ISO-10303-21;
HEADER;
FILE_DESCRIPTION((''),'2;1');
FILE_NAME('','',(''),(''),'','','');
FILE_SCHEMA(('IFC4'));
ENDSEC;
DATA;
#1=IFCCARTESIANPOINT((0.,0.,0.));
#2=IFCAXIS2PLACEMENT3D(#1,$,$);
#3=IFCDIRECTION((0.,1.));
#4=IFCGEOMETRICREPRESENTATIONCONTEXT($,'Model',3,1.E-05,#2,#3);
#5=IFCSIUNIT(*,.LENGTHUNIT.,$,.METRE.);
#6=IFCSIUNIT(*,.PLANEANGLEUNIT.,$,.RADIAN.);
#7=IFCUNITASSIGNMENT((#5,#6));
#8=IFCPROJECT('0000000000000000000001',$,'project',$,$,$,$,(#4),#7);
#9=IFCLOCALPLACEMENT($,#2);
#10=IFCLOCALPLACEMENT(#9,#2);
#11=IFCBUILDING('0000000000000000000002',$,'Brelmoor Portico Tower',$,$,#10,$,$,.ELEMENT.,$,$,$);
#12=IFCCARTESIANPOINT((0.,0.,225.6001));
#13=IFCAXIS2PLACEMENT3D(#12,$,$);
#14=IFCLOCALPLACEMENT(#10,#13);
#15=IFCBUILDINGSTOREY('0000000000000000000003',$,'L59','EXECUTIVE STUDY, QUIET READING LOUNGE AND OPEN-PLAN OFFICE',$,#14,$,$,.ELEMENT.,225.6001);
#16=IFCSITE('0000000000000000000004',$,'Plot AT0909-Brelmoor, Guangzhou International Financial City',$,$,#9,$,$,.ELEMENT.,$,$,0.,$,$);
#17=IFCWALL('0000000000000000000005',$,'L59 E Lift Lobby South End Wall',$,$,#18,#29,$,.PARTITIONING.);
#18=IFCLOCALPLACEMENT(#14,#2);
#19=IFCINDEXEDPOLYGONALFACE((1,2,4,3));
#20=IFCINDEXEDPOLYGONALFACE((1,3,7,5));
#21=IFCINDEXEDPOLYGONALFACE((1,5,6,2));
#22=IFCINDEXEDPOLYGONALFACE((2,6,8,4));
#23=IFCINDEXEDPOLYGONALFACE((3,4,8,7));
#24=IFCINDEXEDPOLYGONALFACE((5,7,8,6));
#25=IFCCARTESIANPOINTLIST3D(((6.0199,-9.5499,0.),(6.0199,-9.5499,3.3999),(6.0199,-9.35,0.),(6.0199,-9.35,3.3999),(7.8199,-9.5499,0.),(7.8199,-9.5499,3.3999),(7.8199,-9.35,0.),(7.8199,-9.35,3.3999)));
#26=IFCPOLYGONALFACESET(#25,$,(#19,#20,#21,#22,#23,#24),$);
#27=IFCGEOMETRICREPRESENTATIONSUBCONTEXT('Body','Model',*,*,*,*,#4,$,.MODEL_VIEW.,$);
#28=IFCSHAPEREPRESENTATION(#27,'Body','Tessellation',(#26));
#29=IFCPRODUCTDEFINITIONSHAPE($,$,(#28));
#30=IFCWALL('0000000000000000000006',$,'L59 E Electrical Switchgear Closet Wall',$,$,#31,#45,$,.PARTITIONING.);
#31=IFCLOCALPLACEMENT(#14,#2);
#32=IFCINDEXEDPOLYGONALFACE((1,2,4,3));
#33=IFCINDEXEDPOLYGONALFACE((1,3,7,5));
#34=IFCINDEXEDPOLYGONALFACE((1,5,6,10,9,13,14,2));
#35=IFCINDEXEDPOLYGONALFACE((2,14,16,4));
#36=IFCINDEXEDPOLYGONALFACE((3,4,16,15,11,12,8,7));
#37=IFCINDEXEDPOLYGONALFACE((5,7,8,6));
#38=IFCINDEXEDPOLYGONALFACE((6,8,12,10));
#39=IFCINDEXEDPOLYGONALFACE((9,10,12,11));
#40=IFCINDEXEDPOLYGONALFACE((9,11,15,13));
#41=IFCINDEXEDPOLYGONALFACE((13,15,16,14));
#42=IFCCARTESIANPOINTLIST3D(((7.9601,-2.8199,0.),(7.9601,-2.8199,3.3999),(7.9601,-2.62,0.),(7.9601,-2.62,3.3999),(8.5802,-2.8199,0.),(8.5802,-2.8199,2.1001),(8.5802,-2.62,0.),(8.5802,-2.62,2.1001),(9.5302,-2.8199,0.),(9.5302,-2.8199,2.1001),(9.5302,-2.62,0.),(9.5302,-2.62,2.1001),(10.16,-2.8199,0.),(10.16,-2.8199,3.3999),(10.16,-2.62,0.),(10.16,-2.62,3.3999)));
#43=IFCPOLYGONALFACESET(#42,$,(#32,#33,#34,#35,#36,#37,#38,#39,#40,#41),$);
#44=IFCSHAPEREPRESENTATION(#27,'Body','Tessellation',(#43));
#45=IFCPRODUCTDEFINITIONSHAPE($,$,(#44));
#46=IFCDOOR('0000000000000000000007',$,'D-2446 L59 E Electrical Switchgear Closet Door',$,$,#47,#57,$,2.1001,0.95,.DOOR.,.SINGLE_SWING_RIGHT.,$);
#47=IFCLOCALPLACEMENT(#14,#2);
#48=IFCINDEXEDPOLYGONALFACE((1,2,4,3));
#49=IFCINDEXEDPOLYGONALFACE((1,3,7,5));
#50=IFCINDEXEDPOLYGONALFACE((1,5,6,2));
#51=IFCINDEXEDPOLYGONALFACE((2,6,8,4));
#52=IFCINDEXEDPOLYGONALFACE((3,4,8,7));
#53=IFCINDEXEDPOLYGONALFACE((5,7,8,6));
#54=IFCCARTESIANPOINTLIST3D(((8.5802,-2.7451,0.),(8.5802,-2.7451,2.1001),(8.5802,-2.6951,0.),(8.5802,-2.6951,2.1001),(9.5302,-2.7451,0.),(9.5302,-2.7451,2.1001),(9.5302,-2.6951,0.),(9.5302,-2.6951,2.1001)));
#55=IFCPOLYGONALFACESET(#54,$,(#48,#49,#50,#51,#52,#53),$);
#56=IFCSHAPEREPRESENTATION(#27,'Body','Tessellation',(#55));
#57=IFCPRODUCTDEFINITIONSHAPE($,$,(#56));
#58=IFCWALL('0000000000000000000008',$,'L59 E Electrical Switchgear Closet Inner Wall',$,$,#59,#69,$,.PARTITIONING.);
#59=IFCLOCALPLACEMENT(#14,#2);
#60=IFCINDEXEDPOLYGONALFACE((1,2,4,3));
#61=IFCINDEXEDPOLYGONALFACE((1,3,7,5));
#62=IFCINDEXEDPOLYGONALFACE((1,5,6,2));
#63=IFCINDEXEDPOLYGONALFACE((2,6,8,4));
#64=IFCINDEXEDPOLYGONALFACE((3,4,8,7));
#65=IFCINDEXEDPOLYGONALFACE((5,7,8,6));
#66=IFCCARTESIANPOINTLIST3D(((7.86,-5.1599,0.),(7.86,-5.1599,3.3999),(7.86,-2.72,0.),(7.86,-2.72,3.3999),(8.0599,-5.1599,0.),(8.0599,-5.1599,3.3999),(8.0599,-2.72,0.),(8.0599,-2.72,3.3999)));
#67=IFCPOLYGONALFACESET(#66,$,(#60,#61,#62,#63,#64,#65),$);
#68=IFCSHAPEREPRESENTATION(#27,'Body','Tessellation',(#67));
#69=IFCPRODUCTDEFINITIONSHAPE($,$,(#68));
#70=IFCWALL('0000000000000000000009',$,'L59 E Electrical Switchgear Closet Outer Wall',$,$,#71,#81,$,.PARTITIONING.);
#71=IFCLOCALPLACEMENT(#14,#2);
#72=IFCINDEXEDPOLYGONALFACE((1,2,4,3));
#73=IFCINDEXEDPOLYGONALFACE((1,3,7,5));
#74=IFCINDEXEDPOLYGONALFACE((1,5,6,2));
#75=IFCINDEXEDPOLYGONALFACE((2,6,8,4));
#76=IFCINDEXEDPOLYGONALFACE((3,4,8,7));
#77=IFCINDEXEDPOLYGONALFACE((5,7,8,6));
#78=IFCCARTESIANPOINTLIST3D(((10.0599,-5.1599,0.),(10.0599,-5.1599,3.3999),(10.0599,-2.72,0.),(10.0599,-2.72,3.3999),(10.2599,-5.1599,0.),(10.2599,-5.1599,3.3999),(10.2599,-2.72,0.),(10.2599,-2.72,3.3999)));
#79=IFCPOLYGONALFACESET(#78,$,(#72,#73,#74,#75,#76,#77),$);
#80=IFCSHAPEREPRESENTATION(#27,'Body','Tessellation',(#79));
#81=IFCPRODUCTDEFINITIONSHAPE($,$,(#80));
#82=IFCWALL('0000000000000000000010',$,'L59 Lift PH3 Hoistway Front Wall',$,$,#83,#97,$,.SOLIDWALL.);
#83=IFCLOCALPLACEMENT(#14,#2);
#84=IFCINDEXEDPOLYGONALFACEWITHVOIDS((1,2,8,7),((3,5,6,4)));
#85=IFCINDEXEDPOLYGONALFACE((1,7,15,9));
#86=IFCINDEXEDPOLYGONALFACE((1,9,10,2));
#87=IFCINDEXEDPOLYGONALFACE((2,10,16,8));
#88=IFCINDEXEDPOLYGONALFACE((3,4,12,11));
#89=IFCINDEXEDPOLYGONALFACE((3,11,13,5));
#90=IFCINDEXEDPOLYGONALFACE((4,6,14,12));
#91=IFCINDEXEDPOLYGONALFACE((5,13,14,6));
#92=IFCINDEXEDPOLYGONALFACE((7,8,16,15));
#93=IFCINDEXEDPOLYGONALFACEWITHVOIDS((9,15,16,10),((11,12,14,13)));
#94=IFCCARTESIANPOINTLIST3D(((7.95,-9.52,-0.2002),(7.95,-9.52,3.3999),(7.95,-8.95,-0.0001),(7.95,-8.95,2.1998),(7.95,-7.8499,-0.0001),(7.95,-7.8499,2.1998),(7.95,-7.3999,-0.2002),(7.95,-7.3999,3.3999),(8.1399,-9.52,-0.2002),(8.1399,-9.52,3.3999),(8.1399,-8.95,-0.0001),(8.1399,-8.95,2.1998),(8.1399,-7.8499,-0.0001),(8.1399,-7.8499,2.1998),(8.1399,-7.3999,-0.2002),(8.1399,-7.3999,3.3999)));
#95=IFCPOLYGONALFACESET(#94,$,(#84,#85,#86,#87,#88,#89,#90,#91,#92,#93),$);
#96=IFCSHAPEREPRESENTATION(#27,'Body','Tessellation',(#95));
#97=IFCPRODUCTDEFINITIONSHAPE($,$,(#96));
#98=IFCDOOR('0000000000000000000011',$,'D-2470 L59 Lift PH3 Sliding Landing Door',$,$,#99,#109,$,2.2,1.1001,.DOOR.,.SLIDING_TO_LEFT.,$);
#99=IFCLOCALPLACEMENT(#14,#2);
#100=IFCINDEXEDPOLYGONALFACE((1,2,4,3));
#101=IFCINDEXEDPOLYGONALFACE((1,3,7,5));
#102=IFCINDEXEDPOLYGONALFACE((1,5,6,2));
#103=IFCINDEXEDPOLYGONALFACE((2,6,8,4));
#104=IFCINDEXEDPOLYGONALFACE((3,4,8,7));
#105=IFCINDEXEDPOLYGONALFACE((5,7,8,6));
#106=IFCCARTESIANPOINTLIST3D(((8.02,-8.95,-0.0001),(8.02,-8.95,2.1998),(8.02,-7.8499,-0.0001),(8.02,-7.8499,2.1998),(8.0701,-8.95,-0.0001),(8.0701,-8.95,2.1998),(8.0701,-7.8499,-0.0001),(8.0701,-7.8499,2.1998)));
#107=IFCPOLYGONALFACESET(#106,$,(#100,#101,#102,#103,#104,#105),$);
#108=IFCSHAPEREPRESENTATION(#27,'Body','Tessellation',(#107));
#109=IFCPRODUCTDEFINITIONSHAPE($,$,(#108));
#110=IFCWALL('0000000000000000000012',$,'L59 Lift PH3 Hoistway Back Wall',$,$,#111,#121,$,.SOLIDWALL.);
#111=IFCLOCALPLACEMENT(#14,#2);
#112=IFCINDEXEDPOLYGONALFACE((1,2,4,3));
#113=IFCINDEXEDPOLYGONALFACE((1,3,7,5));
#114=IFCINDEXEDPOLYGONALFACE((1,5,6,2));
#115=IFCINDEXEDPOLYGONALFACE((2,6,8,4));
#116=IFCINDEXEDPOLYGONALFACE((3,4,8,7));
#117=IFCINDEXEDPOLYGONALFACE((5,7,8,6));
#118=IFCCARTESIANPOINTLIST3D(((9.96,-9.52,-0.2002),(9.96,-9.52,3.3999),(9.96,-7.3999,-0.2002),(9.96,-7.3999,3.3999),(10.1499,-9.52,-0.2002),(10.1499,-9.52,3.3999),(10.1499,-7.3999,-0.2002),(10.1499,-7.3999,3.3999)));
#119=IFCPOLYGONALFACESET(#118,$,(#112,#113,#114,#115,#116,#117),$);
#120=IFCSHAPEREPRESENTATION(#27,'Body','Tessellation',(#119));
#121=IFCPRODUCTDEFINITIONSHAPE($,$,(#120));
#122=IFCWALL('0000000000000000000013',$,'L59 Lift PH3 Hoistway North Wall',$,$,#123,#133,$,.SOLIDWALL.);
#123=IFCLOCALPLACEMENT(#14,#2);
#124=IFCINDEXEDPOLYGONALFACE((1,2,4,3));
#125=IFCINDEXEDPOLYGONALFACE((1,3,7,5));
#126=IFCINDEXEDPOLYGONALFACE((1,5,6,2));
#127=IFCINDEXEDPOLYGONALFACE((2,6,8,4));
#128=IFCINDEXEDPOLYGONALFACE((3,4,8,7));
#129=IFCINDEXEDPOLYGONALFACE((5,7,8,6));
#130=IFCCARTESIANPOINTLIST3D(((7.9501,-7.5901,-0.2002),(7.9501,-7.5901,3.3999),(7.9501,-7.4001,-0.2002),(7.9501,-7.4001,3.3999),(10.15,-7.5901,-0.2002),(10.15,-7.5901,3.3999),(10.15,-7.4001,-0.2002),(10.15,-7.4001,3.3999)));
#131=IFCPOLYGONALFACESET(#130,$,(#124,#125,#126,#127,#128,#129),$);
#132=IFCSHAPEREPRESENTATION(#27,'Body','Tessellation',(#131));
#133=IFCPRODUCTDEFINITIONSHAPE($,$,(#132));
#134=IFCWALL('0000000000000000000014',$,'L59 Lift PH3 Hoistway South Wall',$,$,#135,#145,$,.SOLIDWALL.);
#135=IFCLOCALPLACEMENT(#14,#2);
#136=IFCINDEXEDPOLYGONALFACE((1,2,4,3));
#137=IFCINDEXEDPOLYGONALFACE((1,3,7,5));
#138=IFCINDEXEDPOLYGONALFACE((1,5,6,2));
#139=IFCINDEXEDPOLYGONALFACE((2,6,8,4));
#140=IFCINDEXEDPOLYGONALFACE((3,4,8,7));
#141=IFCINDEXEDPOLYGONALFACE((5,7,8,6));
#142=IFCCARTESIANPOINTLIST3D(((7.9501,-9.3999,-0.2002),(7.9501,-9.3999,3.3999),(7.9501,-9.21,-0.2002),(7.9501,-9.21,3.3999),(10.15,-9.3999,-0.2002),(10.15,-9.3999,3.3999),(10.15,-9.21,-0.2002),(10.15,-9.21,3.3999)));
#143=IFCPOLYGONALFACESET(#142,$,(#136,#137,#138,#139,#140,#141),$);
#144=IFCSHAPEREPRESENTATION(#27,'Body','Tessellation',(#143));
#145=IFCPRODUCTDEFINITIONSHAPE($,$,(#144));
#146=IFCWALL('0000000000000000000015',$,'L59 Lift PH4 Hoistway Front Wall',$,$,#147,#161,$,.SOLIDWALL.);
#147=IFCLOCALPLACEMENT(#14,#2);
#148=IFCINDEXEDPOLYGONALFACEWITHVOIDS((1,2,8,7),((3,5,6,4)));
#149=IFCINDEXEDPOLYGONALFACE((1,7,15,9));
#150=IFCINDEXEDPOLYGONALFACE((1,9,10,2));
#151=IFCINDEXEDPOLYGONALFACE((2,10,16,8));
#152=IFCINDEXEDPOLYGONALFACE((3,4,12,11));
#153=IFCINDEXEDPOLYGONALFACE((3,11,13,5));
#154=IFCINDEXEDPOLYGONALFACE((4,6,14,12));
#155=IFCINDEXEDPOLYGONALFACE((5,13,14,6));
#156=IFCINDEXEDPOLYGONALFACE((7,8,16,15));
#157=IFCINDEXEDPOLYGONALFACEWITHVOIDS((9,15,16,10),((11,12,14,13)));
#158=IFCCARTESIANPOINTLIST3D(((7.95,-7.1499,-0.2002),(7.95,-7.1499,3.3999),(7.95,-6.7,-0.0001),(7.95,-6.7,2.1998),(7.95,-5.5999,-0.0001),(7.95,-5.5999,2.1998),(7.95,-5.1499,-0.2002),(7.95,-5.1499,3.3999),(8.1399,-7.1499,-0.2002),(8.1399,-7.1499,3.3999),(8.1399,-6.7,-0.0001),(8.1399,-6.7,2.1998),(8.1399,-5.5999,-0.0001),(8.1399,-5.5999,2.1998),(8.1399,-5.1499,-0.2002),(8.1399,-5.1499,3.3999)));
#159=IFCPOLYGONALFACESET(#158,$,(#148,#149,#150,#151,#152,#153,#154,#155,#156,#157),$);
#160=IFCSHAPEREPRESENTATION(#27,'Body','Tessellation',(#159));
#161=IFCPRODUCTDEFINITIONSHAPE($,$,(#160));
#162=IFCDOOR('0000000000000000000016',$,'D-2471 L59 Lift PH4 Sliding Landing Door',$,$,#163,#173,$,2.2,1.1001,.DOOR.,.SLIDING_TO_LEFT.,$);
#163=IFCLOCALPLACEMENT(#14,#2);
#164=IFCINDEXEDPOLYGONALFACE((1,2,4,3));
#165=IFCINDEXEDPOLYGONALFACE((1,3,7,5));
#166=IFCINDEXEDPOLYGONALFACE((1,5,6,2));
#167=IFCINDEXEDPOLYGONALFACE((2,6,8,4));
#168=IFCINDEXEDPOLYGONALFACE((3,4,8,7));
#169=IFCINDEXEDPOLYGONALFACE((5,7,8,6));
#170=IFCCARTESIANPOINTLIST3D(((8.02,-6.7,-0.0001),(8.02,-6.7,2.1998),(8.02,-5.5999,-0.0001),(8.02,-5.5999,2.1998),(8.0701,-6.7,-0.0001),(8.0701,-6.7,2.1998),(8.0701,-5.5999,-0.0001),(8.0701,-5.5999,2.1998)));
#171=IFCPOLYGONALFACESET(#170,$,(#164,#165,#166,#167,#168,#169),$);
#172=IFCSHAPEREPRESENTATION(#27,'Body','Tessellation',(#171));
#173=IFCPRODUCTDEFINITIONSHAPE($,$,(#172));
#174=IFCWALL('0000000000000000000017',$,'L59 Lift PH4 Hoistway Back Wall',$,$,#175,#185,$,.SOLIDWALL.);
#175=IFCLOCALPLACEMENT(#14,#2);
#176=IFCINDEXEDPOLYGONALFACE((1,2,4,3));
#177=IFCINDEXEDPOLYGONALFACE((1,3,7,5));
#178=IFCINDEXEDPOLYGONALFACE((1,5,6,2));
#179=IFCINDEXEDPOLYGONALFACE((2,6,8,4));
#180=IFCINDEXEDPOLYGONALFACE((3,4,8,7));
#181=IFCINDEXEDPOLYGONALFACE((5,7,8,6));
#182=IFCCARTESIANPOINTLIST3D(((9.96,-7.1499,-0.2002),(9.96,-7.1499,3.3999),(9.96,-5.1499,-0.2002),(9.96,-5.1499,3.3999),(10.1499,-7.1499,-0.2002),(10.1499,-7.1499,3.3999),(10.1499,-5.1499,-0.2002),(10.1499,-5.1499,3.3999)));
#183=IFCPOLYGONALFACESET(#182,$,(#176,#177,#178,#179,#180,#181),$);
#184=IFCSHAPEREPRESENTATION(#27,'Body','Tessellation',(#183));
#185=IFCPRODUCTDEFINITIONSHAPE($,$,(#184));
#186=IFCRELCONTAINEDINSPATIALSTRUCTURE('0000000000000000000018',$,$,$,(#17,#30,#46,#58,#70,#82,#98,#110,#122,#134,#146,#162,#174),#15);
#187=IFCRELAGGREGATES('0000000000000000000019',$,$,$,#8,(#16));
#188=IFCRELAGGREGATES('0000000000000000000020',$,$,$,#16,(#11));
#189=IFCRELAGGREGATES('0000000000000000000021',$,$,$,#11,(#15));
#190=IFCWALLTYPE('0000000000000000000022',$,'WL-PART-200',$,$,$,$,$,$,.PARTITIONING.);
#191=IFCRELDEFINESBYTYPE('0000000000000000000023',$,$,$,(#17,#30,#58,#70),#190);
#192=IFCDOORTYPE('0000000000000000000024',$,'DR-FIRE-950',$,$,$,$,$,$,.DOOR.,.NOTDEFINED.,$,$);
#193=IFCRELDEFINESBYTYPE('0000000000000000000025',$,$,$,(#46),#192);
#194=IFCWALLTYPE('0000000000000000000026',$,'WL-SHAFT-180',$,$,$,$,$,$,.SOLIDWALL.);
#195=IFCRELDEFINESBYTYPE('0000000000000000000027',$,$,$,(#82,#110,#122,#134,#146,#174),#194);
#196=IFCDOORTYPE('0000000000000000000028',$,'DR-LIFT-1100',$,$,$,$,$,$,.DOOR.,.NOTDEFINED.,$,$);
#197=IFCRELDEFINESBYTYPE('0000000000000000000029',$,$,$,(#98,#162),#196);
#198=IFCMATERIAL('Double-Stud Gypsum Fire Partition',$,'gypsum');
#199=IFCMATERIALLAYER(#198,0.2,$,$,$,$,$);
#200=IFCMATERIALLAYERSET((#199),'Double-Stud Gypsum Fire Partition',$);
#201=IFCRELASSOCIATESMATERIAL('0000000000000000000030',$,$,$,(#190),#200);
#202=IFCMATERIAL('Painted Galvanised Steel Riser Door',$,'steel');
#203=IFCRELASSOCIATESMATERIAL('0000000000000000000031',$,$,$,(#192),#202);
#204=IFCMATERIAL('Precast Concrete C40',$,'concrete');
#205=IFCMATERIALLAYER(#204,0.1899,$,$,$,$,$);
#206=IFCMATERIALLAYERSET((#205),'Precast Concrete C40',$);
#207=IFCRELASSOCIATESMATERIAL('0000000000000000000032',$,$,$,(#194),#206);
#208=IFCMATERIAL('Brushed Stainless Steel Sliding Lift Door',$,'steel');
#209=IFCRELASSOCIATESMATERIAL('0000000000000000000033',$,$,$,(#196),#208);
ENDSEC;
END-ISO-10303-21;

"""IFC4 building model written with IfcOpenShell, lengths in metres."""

from ifc_helpers import new_model, si_unit, direction, frame, frame_2d, origin, place, context, subcontext, project, spatial, rectangle, extrude, material, layer, layer_set, type_object, element, fill, save


model = new_model("IFC4")

# Units and contexts
model_context = context("Model", 3, precision=1e-05, world=origin(), true_north=direction((0.0, 1.0)))
body_context = subcontext(model_context, "Body", "Model", "MODEL_VIEW")
ifc_project = project(units=[si_unit("LENGTHUNIT", "METRE"), si_unit("PLANEANGLEUNIT", "RADIAN")], contexts=[model_context])

# Site, building, storey
site_placement = place(None, origin())
site = spatial("IfcSite", under=ifc_project, at=site_placement, Name="Plot AT0909-Brelmoor, Guangzhou International Financial City", CompositionType="ELEMENT", RefElevation=0.0)
building_placement = place(site_placement, origin())
building = spatial("IfcBuilding", under=site, at=building_placement, Name="Brelmoor Portico Tower", CompositionType="ELEMENT")
storey_placement = place(building_placement, frame((0.0, 0.0, 225.6001)))
storey = spatial("IfcBuildingStorey", under=building, at=storey_placement, Name="L59", Description="EXECUTIVE STUDY, QUIET READING LOUNGE AND OPEN-PLAN OFFICE", CompositionType="ELEMENT", Elevation=225.6001)

# Shared definitions
ifc_material_1 = material(Name="Double-Stud Gypsum Fire Partition", Category="gypsum")
ifc_layer_1 = layer(ifc_material_1, 0.2)
ifc_layer_set_1 = layer_set([ifc_layer_1], Name="Double-Stud Gypsum Fire Partition")
wall_type_1 = type_object("IfcWallType", Name="WL-PART-200", PredefinedType="PARTITIONING", material=ifc_layer_set_1)

# Wall
wall_1_placement = place(storey_placement, frame((6.02, -9.45, 0.0), z_axis=(0.0, 0.0, 1.0), x_axis=(1.0, 0.0, 0.0)))
element("IfcWall", 1, at=wall_1_placement, inside=storey, type_object=wall_type_1, Name="L59 E Lift Lobby South End Wall", PredefinedType="PARTITIONING", context=body_context, shape_type="SweptSolid", body=[
    extrude(rectangle(XDim=1.8, YDim=0.2, at=frame_2d((0.8999, 0.0))), origin(), (0.0, 0.0, 1.0), 3.3999),
])

# Wall, opening, door
wall_2_placement = place(storey_placement, frame((7.96, -2.72, 0.0), z_axis=(0.0, 0.0, 1.0), x_axis=(1.0, 0.0, 0.0)))
wall_2 = element("IfcWall", 2, at=wall_2_placement, inside=storey, type_object=wall_type_1, Name="L59 E Electrical Switchgear Closet Wall", PredefinedType="PARTITIONING", context=body_context, shape_type="SweptSolid", body=[
    extrude(rectangle(XDim=2.2, YDim=0.2, at=frame_2d((1.1001, 0.0))), origin(), (0.0, 0.0, 1.0), 3.3999),
])
opening_1_placement = place(wall_2_placement, frame((0.6201, 0.0, 0.0)))
opening_1 = element("IfcOpeningElement", 3, at=opening_1_placement, cuts=wall_2, PredefinedType="OPENING", context=body_context, shape_type="SweptSolid", body=[
    extrude(rectangle(XDim=0.95, YDim=2.1001, at=frame_2d((0.4751, 1.05))), frame((0.0, 0.1099, 0.0), z_axis=(0.0, -1.0, 0.0), x_axis=(1.0, 0.0, 0.0)), (0.0, 0.0, 1.0), 0.22),
])
ifc_material_2 = material(Name="Painted Galvanised Steel Riser Door", Category="steel")
door_type_1 = type_object("IfcDoorType", Name="DR-FIRE-950", OperationType="NOTDEFINED", PredefinedType="DOOR", material=ifc_material_2)
door_1_placement = place(opening_1_placement, origin())
door_1 = element("IfcDoor", 4, at=door_1_placement, inside=storey, type_object=door_type_1, Name="D-2446 L59 E Electrical Switchgear Closet Door", OperationType="SINGLE_SWING_RIGHT", OverallHeight=2.1001, OverallWidth=0.95, PredefinedType="DOOR", context=body_context, shape_type="SweptSolid", body=[
    extrude(rectangle(XDim=0.95, YDim=2.1001, at=frame_2d((0.4751, 1.05))), frame((0.0, 0.0249, 0.0), z_axis=(0.0, -1.0, 0.0), x_axis=(1.0, 0.0, 0.0)), (0.0, 0.0, 1.0), 0.05),
])
fill(opening_1, door_1)

# Walls
for number, where, z_axis, x_axis, name in (
    (5, (7.96, -5.1599, 0.0), (0.0, 0.0, 1.0), (0.0, 1.0, 0.0), "L59 E Electrical Switchgear Closet Inner Wall"),
    (6, (10.1599, -5.1599, 0.0), (0.0, 0.0, 1.0), (0.0, 1.0, 0.0), "L59 E Electrical Switchgear Closet Outer Wall"),
):
    element("IfcWall", number, at=place(storey_placement, frame(where, z_axis=z_axis, x_axis=x_axis)), inside=storey, type_object=wall_type_1, Name=name, PredefinedType="PARTITIONING", context=body_context, shape_type="SweptSolid", body=[
        extrude(rectangle(XDim=2.4399, YDim=0.2, at=frame_2d((1.22, 0.0))), origin(), (0.0, 0.0, 1.0), 3.3999),
    ])

# Wall, opening, door
ifc_material_3 = material(Name="Precast Concrete C40", Category="concrete")
ifc_layer_2 = layer(ifc_material_3, 0.1899)
ifc_layer_set_2 = layer_set([ifc_layer_2], Name="Precast Concrete C40")
wall_type_2 = type_object("IfcWallType", Name="WL-SHAFT-180", PredefinedType="SOLIDWALL", material=ifc_layer_set_2)
wall_3_placement = place(storey_placement, frame((8.0449, -9.52, -0.2002), z_axis=(0.0, 0.0, 1.0), x_axis=(0.0, 1.0, 0.0)))
wall_3 = element("IfcWall", 7, at=wall_3_placement, inside=storey, type_object=wall_type_2, Name="L59 Lift PH3 Hoistway Front Wall", PredefinedType="SOLIDWALL", context=body_context, shape_type="SweptSolid", body=[
    extrude(rectangle(XDim=2.1201, YDim=0.1899, at=frame_2d((1.0601, 0.0))), origin(), (0.0, 0.0, 1.0), 3.6001),
])
opening_2_placement = place(wall_3_placement, frame((0.5701, 0.0, 0.2)))
opening_2 = element("IfcOpeningElement", 8, at=opening_2_placement, cuts=wall_3, PredefinedType="OPENING", context=body_context, shape_type="SweptSolid", body=[
    extrude(rectangle(XDim=1.1001, YDim=2.2, at=frame_2d((0.55, 1.1001))), frame((0.0, 0.105, 0.0), z_axis=(0.0, -1.0, 0.0), x_axis=(1.0, 0.0, 0.0)), (0.0, 0.0, 1.0), 0.21),
])
ifc_material_4 = material(Name="Brushed Stainless Steel Sliding Lift Door", Category="steel")
door_type_2 = type_object("IfcDoorType", Name="DR-LIFT-1100", OperationType="NOTDEFINED", PredefinedType="DOOR", material=ifc_material_4)
door_2_placement = place(opening_2_placement, origin())
door_2 = element("IfcDoor", 9, at=door_2_placement, inside=storey, type_object=door_type_2, Name="D-2470 L59 Lift PH3 Sliding Landing Door", OperationType="SLIDING_TO_LEFT", OverallHeight=2.2, OverallWidth=1.1001, PredefinedType="DOOR", context=body_context, shape_type="SweptSolid", body=[
    extrude(rectangle(XDim=1.1001, YDim=2.2, at=frame_2d((0.55, 1.1001))), frame((0.0, 0.0249, 0.0), z_axis=(0.0, -1.0, 0.0), x_axis=(1.0, 0.0, 0.0)), (0.0, 0.0, 1.0), 0.05),
])
fill(opening_2, door_2)

# Walls
wall_4_placement = place(storey_placement, frame((10.0549, -9.52, -0.2002), z_axis=(0.0, 0.0, 1.0), x_axis=(0.0, 1.0, 0.0)))
element("IfcWall", 10, at=wall_4_placement, inside=storey, type_object=wall_type_2, Name="L59 Lift PH3 Hoistway Back Wall", PredefinedType="SOLIDWALL", context=body_context, shape_type="SweptSolid", body=[
    extrude(rectangle(XDim=2.1201, YDim=0.1899, at=frame_2d((1.0601, 0.0))), origin(), (0.0, 0.0, 1.0), 3.6001),
])
for number, where, z_axis, x_axis, name in (
    (11, (7.95, -7.4951, -0.2002), (0.0, 0.0, 1.0), (1.0, 0.0, 0.0), "L59 Lift PH3 Hoistway North Wall"),
    (12, (7.95, -9.3049, -0.2002), (0.0, 0.0, 1.0), (1.0, 0.0, 0.0), "L59 Lift PH3 Hoistway South Wall"),
):
    element("IfcWall", number, at=place(storey_placement, frame(where, z_axis=z_axis, x_axis=x_axis)), inside=storey, type_object=wall_type_2, Name=name, PredefinedType="SOLIDWALL", context=body_context, shape_type="SweptSolid", body=[
        extrude(rectangle(XDim=2.2, YDim=0.1899, at=frame_2d((1.1001, 0.0))), origin(), (0.0, 0.0, 1.0), 3.6001),
    ])

# Wall, opening, door
wall_5_placement = place(storey_placement, frame((8.0449, -7.1499, -0.2002), z_axis=(0.0, 0.0, 1.0), x_axis=(0.0, 1.0, 0.0)))
wall_5 = element("IfcWall", 13, at=wall_5_placement, inside=storey, type_object=wall_type_2, Name="L59 Lift PH4 Hoistway Front Wall", PredefinedType="SOLIDWALL", context=body_context, shape_type="SweptSolid", body=[
    extrude(rectangle(XDim=2.0, YDim=0.1899, at=frame_2d((1.0, 0.0))), origin(), (0.0, 0.0, 1.0), 3.6001),
])
opening_3_placement = place(wall_5_placement, frame((0.45, 0.0, 0.2)))
opening_3 = element("IfcOpeningElement", 14, at=opening_3_placement, cuts=wall_5, PredefinedType="OPENING", context=body_context, shape_type="SweptSolid", body=[
    extrude(rectangle(XDim=1.1001, YDim=2.2, at=frame_2d((0.55, 1.1001))), frame((0.0, 0.105, 0.0), z_axis=(0.0, -1.0, 0.0), x_axis=(1.0, 0.0, 0.0)), (0.0, 0.0, 1.0), 0.21),
])
door_3_placement = place(opening_3_placement, origin())
door_3 = element("IfcDoor", 15, at=door_3_placement, inside=storey, type_object=door_type_2, Name="D-2471 L59 Lift PH4 Sliding Landing Door", OperationType="SLIDING_TO_LEFT", OverallHeight=2.2, OverallWidth=1.1001, PredefinedType="DOOR", context=body_context, shape_type="SweptSolid", body=[
    extrude(rectangle(XDim=1.1001, YDim=2.2, at=frame_2d((0.55, 1.1001))), frame((0.0, 0.0249, 0.0), z_axis=(0.0, -1.0, 0.0), x_axis=(1.0, 0.0, 0.0)), (0.0, 0.0, 1.0), 0.05),
])
fill(opening_3, door_3)

# Wall
wall_6_placement = place(storey_placement, frame((10.0549, -7.1499, -0.2002), z_axis=(0.0, 0.0, 1.0), x_axis=(0.0, 1.0, 0.0)))
element("IfcWall", 16, at=wall_6_placement, inside=storey, type_object=wall_type_2, Name="L59 Lift PH4 Hoistway Back Wall", PredefinedType="SOLIDWALL", context=body_context, shape_type="SweptSolid", body=[
    extrude(rectangle(XDim=2.0, YDim=0.1899, at=frame_2d((1.0, 0.0))), origin(), (0.0, 0.0, 1.0), 3.6001),
])

save(model, "model.ifc")
